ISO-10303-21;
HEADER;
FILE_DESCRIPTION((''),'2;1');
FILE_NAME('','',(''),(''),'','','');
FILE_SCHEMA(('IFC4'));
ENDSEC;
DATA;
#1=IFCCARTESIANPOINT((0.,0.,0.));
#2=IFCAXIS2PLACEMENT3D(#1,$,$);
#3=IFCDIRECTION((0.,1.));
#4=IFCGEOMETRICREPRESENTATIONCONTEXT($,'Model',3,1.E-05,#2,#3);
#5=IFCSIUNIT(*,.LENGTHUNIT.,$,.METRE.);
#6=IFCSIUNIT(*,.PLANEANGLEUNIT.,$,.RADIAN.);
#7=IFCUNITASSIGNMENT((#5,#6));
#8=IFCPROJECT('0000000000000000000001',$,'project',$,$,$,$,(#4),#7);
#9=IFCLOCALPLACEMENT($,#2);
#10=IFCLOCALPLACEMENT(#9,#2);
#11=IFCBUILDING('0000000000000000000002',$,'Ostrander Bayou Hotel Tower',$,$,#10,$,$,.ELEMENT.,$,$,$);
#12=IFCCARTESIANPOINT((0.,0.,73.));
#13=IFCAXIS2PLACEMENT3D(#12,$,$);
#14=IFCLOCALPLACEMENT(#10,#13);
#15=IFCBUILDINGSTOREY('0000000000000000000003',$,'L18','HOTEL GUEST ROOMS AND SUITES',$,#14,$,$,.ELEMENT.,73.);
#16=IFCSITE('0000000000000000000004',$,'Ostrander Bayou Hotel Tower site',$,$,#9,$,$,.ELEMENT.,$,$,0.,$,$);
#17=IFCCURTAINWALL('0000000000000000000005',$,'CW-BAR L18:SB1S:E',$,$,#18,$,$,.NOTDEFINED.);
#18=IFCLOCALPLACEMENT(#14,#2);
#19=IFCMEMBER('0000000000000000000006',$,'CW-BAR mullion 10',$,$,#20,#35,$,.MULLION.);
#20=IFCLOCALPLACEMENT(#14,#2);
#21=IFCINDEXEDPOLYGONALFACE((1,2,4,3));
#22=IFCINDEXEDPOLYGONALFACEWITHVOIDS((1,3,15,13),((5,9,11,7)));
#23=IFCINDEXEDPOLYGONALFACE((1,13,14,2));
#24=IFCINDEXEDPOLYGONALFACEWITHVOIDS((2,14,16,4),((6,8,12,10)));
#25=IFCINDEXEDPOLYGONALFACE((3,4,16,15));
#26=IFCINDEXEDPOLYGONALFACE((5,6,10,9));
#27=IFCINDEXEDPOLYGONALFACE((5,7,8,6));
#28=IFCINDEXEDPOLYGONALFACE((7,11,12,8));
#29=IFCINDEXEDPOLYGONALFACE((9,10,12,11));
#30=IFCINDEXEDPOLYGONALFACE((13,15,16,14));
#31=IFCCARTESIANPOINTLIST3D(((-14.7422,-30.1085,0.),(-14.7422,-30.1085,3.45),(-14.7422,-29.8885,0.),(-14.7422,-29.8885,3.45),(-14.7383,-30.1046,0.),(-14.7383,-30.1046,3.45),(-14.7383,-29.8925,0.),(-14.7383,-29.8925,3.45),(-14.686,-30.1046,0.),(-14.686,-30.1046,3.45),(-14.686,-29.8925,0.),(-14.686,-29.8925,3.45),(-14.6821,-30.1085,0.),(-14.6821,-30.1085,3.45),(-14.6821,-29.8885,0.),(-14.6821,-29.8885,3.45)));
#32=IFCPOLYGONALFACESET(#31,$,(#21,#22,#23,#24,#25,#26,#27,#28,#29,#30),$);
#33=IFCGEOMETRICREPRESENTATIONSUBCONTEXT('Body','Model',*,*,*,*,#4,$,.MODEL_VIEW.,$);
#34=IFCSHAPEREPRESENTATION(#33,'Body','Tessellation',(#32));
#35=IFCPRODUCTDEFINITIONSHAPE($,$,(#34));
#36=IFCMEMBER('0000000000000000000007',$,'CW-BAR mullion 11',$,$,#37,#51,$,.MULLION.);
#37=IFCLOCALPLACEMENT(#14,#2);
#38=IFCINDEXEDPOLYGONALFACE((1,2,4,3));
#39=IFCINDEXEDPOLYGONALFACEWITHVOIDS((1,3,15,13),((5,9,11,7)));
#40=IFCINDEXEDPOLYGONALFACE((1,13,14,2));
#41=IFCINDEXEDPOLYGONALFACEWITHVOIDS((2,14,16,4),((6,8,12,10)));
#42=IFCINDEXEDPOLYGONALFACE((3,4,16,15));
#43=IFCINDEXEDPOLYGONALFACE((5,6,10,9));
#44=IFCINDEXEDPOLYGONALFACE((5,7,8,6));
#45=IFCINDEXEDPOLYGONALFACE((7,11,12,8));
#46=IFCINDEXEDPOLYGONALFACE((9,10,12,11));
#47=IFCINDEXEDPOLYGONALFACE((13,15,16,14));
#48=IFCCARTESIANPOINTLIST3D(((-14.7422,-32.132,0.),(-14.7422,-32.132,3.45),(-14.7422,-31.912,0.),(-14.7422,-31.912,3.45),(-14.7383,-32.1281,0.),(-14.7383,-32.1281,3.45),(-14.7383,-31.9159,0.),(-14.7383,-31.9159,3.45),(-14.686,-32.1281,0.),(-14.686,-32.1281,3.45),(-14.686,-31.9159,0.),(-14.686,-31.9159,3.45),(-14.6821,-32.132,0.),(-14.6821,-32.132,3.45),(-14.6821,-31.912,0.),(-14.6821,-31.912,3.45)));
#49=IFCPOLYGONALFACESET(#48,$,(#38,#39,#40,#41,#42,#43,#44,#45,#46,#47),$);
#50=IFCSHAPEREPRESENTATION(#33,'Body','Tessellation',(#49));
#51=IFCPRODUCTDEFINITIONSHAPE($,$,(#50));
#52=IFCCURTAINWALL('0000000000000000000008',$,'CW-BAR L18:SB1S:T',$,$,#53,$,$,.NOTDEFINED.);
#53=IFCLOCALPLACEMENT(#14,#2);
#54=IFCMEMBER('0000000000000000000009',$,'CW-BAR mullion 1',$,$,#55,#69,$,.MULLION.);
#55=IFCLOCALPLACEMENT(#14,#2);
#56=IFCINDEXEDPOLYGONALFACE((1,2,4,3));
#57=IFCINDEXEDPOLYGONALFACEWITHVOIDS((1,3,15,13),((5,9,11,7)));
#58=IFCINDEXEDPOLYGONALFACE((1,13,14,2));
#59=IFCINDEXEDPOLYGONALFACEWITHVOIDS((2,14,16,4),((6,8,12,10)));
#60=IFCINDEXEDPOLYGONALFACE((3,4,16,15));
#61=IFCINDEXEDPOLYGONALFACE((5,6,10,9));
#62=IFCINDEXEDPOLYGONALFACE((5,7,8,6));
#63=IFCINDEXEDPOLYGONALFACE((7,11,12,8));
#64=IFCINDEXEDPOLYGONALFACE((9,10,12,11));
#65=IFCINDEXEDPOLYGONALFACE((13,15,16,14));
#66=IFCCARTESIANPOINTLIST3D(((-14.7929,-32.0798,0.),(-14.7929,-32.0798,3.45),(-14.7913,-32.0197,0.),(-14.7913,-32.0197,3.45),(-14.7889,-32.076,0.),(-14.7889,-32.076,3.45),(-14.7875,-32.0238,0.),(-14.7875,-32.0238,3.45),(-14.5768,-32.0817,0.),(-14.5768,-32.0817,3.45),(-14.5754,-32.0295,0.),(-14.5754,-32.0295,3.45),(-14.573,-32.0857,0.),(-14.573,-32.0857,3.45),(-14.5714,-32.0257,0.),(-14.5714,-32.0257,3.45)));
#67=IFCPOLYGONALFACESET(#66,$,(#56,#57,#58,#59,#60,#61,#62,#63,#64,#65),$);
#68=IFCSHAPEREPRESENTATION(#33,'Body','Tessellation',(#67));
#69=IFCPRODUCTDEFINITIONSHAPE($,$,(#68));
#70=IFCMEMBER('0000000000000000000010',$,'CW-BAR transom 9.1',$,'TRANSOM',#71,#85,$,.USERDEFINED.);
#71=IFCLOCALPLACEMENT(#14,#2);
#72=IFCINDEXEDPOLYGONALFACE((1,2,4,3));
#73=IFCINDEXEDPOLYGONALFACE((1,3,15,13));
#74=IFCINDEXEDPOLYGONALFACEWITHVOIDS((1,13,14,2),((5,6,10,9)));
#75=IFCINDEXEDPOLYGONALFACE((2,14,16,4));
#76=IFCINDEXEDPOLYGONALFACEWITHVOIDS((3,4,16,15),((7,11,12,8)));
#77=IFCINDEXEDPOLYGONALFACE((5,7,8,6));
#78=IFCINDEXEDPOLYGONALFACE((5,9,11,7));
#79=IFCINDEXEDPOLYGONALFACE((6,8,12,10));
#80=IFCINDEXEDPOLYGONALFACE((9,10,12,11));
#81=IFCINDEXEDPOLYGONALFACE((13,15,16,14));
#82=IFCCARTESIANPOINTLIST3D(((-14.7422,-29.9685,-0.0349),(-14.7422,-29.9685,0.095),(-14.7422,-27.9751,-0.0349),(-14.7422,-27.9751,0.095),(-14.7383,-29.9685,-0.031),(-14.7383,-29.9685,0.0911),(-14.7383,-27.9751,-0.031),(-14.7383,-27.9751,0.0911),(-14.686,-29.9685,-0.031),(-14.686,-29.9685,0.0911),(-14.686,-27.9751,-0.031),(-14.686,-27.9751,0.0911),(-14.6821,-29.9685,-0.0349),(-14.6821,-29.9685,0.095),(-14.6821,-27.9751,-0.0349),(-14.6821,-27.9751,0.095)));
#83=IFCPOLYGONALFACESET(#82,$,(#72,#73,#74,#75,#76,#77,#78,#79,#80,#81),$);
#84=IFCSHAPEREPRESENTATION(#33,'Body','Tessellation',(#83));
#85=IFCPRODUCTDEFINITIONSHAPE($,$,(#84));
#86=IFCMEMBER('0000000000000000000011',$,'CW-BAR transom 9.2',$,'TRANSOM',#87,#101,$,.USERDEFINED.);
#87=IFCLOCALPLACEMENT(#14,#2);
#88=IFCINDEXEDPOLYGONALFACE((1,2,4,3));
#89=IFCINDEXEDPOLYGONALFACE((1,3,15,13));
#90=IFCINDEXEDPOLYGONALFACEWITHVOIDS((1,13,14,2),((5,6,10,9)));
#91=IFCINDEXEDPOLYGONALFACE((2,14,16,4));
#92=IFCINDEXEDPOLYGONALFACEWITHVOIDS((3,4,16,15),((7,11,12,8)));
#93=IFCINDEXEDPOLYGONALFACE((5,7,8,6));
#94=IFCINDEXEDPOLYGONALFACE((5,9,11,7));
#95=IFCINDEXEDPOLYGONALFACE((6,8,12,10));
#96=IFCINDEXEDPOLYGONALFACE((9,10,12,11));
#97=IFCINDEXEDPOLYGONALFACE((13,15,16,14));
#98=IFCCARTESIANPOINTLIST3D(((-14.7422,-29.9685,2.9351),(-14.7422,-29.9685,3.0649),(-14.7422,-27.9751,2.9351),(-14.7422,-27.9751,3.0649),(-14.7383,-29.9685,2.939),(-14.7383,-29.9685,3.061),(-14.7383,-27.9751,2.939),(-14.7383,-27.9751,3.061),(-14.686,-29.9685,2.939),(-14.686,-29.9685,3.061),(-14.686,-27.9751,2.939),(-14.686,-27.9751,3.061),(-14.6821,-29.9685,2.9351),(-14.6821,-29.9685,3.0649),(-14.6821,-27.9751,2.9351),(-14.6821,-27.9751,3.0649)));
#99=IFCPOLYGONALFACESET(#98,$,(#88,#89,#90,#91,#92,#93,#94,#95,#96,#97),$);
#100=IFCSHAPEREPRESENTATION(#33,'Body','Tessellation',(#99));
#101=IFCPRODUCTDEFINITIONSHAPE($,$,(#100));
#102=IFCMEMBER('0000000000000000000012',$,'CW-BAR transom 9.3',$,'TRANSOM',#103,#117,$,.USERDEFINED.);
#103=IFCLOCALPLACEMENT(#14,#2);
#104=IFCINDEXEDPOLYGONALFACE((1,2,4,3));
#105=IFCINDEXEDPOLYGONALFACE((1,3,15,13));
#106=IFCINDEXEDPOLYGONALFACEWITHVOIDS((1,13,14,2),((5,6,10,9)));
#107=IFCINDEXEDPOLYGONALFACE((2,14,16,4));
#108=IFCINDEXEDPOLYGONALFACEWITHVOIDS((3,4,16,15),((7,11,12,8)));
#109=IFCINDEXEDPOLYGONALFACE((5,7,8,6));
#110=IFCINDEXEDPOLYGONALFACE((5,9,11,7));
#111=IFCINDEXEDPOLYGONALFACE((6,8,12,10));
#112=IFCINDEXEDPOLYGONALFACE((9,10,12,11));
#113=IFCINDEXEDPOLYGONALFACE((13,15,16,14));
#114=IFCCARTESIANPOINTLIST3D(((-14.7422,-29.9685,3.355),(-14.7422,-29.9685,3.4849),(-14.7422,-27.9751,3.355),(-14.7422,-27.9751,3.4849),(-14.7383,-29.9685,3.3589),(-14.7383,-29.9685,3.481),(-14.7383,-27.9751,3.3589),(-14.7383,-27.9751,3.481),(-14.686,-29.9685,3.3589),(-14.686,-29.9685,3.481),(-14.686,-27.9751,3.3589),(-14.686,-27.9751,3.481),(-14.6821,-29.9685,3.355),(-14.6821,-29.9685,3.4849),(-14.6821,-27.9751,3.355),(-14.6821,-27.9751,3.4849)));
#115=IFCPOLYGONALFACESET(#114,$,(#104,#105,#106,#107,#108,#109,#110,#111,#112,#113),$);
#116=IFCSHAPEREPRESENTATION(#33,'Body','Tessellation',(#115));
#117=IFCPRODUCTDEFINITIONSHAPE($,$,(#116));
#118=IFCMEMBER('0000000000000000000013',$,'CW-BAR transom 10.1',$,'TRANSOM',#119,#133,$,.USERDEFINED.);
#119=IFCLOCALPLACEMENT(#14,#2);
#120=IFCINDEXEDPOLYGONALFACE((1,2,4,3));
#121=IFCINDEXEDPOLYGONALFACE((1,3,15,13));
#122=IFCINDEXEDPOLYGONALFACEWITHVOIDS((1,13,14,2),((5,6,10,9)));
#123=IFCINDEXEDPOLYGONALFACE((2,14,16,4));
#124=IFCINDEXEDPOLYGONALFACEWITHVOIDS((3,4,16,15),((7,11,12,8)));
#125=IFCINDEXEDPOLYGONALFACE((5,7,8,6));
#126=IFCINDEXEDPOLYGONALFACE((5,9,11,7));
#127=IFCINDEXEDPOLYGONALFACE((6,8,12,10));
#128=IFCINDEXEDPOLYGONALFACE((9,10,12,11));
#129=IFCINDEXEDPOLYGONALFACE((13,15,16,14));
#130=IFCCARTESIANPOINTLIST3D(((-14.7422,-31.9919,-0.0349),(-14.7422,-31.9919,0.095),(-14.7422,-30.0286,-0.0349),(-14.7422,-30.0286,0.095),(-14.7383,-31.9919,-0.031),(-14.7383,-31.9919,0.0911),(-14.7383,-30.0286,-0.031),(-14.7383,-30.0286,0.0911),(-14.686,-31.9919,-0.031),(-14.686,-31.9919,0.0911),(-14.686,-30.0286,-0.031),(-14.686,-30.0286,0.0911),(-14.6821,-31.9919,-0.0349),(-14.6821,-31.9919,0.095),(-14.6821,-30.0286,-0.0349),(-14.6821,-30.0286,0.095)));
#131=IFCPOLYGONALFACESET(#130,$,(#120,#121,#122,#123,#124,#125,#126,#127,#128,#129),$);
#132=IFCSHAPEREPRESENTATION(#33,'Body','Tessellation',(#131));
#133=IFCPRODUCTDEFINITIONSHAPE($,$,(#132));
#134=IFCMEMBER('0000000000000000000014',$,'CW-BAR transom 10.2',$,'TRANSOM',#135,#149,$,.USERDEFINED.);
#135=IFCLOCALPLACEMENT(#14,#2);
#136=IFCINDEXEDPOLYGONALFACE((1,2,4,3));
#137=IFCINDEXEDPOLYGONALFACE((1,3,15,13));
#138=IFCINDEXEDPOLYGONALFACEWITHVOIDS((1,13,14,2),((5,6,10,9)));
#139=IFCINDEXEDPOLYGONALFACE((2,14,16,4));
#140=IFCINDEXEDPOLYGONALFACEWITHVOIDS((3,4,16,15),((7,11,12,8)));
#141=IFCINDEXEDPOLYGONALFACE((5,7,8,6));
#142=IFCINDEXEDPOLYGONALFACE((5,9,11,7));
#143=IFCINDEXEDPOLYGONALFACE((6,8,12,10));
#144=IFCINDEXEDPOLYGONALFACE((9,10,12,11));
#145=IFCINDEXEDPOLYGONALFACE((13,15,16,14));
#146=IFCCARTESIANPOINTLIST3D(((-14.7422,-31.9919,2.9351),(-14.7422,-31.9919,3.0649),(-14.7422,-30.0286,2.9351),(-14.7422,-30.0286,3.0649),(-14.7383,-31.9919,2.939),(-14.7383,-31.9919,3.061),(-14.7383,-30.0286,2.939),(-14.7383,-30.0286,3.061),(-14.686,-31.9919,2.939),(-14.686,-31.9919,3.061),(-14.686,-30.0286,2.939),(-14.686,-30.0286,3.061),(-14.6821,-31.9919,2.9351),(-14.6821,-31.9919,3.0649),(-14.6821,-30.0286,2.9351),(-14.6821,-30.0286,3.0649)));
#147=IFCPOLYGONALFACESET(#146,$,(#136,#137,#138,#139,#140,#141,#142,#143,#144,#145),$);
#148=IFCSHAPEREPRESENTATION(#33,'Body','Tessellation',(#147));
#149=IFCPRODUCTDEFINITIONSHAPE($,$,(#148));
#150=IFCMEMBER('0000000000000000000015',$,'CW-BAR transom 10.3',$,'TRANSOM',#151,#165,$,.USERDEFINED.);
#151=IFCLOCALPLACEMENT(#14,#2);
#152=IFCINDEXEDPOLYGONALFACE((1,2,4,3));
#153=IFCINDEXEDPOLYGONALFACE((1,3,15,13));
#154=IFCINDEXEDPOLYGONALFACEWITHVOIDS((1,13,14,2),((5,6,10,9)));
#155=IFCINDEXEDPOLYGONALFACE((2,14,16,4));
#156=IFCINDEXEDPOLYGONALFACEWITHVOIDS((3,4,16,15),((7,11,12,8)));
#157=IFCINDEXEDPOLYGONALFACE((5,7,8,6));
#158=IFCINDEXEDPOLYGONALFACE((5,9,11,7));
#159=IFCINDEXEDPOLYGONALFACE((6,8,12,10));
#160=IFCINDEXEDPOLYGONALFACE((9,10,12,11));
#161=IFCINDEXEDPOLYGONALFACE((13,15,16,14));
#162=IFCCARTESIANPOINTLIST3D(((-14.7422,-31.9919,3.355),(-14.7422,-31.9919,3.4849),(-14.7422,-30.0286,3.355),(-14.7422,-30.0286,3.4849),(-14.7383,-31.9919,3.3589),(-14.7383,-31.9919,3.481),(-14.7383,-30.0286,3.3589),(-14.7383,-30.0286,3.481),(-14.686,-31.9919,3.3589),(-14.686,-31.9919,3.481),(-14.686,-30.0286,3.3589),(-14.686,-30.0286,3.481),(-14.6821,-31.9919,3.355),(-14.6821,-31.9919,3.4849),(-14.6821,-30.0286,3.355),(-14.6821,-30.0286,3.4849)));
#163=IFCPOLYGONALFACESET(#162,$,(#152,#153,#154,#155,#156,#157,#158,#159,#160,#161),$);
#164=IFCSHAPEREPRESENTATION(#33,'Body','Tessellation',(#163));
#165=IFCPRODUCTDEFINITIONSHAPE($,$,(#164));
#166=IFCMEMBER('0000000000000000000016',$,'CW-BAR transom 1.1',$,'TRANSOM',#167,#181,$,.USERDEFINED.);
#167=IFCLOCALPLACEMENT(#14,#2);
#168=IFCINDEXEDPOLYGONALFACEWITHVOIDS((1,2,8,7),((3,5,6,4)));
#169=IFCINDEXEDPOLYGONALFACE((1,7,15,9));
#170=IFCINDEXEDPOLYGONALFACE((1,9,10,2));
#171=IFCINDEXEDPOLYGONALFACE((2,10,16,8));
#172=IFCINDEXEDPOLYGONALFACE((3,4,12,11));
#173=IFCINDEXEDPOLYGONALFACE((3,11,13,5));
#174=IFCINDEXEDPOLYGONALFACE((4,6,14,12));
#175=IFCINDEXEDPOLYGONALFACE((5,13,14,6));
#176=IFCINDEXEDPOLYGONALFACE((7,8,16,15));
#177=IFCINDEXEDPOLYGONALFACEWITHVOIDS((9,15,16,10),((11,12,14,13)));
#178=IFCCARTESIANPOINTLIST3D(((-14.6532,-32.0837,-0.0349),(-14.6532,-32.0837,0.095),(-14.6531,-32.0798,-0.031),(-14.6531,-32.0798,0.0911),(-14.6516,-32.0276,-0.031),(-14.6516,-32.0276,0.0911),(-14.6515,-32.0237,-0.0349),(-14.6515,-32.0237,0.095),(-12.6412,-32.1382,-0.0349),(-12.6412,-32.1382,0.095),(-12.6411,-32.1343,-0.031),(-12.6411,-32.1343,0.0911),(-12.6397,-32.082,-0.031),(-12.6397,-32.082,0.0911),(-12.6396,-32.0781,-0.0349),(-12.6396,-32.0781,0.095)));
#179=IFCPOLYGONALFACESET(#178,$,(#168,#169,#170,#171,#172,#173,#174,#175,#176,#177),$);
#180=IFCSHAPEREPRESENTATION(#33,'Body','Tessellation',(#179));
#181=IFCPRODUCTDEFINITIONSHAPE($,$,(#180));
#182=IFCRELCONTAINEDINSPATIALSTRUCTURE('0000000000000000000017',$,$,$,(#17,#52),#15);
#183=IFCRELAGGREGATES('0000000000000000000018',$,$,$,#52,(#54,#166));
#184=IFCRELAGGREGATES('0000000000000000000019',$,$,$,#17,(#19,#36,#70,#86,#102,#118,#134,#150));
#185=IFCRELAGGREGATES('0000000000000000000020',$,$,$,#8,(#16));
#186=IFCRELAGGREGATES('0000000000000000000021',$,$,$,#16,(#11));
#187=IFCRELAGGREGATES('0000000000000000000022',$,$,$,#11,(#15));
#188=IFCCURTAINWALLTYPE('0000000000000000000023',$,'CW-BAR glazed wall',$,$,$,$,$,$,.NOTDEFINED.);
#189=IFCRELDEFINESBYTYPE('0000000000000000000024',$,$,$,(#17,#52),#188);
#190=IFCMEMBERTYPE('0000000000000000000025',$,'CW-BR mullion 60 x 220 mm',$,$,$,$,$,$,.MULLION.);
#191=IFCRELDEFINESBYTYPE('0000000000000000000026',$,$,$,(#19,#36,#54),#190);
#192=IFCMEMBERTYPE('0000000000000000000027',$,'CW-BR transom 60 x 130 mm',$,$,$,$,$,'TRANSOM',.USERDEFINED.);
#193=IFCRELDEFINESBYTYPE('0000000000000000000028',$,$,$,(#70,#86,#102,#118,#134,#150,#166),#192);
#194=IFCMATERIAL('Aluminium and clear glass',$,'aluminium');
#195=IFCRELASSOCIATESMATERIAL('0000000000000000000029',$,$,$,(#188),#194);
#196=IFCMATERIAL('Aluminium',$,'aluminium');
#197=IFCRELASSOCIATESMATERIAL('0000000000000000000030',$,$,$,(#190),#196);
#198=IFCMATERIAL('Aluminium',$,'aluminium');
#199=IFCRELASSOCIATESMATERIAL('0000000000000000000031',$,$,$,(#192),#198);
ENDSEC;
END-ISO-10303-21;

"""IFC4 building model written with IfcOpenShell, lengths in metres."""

from ifc_helpers import new_model, si_unit, direction, frame, origin, origin_2d, place, context, subcontext, project, spatial, hollow_rectangle, extrude, material, material_profile, profile_set, type_object, element, aggregate, save


model = new_model("IFC4")

# Units and contexts
model_context = context("Model", 3, precision=1e-05, world=origin(), true_north=direction((0.0, 1.0)))
body_context = subcontext(model_context, "Body", "Model", "MODEL_VIEW")
ifc_project = project(units=[si_unit("LENGTHUNIT", "METRE"), si_unit("PLANEANGLEUNIT", "RADIAN")], contexts=[model_context])

# Site, building, storey
site_placement = place(None, origin())
site = spatial("IfcSite", under=ifc_project, at=site_placement, Name="Ostrander Bayou Hotel Tower site", CompositionType="ELEMENT", RefElevation=0.0)
building_placement = place(site_placement, origin())
building = spatial("IfcBuilding", under=site, at=building_placement, Name="Ostrander Bayou Hotel Tower", CompositionType="ELEMENT")
storey_placement = place(building_placement, frame((0.0, 0.0, 73.0)))
storey = spatial("IfcBuildingStorey", under=building, at=storey_placement, Name="L18", Description="HOTEL GUEST ROOMS AND SUITES", CompositionType="ELEMENT", Elevation=73.0)

# Curtain wall, members
ifc_material_1 = material(Name="Aluminium and clear glass", Category="aluminium")
curtain_wall_type = type_object("IfcCurtainWallType", Name="CW-BAR glazed wall", PredefinedType="NOTDEFINED", material=ifc_material_1)
curtain_wall_1_placement = place(storey_placement, origin())
curtain_wall_1 = element("IfcCurtainWall", 1, at=curtain_wall_1_placement, inside=storey, type_object=curtain_wall_type, Name="CW-BAR L18:SB1S:E", PredefinedType="NOTDEFINED")
ifc_material_2 = material(Name="Aluminium", Category="aluminium")
ifc_material_profile_1 = material_profile(ifc_material_2, hollow_rectangle(XDim=0.0601, YDim=0.22, WallThickness=0.0039, at=origin_2d()))
ifc_profile_set_1 = profile_set([ifc_material_profile_1], Name="Aluminium")
member_type_1 = type_object("IfcMemberType", Name="CW-BR mullion 60 x 220 mm", PredefinedType="MULLION", material=ifc_profile_set_1)
member_1_placement = place(storey_placement, frame((-14.7122, -29.9985, 0.0), z_axis=(0.0, 0.0, 1.0), x_axis=(1.0, 0.0, 0.0)))
member_1 = element("IfcMember", 2, at=member_1_placement, type_object=member_type_1, Name="CW-BAR mullion 10", PredefinedType="MULLION", context=body_context, shape_type="SweptSolid", body=[
    extrude(hollow_rectangle(XDim=0.0601, YDim=0.22, WallThickness=0.0039, at=origin_2d()), origin(), (0.0, 0.0, 1.0), 3.45),
])
member_2_placement = place(storey_placement, frame((-14.7122, -32.022, 0.0), z_axis=(0.0, 0.0, 1.0), x_axis=(1.0, 0.0, 0.0)))
member_2 = element("IfcMember", 3, at=member_2_placement, type_object=member_type_1, Name="CW-BAR mullion 11", PredefinedType="MULLION", context=body_context, shape_type="SweptSolid", body=[
    extrude(hollow_rectangle(XDim=0.0601, YDim=0.22, WallThickness=0.0039, at=origin_2d()), origin(), (0.0, 0.0, 1.0), 3.45),
])

# Curtain wall, member
curtain_wall_2_placement = place(storey_placement, origin())
curtain_wall_2 = element("IfcCurtainWall", 4, at=curtain_wall_2_placement, inside=storey, type_object=curtain_wall_type, Name="CW-BAR L18:SB1S:T", PredefinedType="NOTDEFINED")
member_3_placement = place(storey_placement, frame((-14.6821, -32.0527, 0.0), z_axis=(0.0, 0.0, 1.0), x_axis=(0.027042, 0.999634, 0.0)))
member_3 = element("IfcMember", 5, at=member_3_placement, type_object=member_type_1, Name="CW-BAR mullion 1", PredefinedType="MULLION", context=body_context, shape_type="SweptSolid", body=[
    extrude(hollow_rectangle(XDim=0.0601, YDim=0.22, WallThickness=0.0039, at=origin_2d()), origin(), (0.0, 0.0, 1.0), 3.45),
])

# Members
ifc_material_3 = material(Name="Aluminium", Category="aluminium")
ifc_material_profile_2 = material_profile(ifc_material_3, hollow_rectangle(XDim=0.0601, YDim=0.1299, WallThickness=0.0039, at=origin_2d()))
ifc_profile_set_2 = profile_set([ifc_material_profile_2], Name="Aluminium")
member_type_2 = type_object("IfcMemberType", Name="CW-BR transom 60 x 130 mm", ElementType="TRANSOM", PredefinedType="USERDEFINED", material=ifc_profile_set_2)
member_4_placement = place(storey_placement, frame((-14.7122, -27.9751, 0.03), z_axis=(0.0, -1.0, 0.0), x_axis=(1.0, 0.0, 0.0)))
member_4 = element("IfcMember", 6, at=member_4_placement, type_object=member_type_2, Name="CW-BAR transom 9.1", ObjectType="TRANSOM", PredefinedType="USERDEFINED", context=body_context, shape_type="SweptSolid", body=[
    extrude(hollow_rectangle(XDim=0.0601, YDim=0.1299, WallThickness=0.0039, at=origin_2d()), origin(), (0.0, 0.0, 1.0), 1.9934),
])
member_5_placement = place(storey_placement, frame((-14.7122, -27.9751, 3.0), z_axis=(0.0, -1.0, 0.0), x_axis=(1.0, 0.0, 0.0)))
member_5 = element("IfcMember", 7, at=member_5_placement, type_object=member_type_2, Name="CW-BAR transom 9.2", ObjectType="TRANSOM", PredefinedType="USERDEFINED", context=body_context, shape_type="SweptSolid", body=[
    extrude(hollow_rectangle(XDim=0.0601, YDim=0.1299, WallThickness=0.0039, at=origin_2d()), origin(), (0.0, 0.0, 1.0), 1.9934),
])
member_6_placement = place(storey_placement, frame((-14.7122, -27.9751, 3.4199), z_axis=(0.0, -1.0, 0.0), x_axis=(1.0, 0.0, 0.0)))
member_6 = element("IfcMember", 8, at=member_6_placement, type_object=member_type_2, Name="CW-BAR transom 9.3", ObjectType="TRANSOM", PredefinedType="USERDEFINED", context=body_context, shape_type="SweptSolid", body=[
    extrude(hollow_rectangle(XDim=0.0601, YDim=0.1299, WallThickness=0.0039, at=origin_2d()), origin(), (0.0, 0.0, 1.0), 1.9934),
])
member_7_placement = place(storey_placement, frame((-14.7122, -30.0286, 0.03), z_axis=(0.0, -1.0, 0.0), x_axis=(1.0, 0.0, 0.0)))
member_7 = element("IfcMember", 9, at=member_7_placement, type_object=member_type_2, Name="CW-BAR transom 10.1", ObjectType="TRANSOM", PredefinedType="USERDEFINED", context=body_context, shape_type="SweptSolid", body=[
    extrude(hollow_rectangle(XDim=0.0601, YDim=0.1299, WallThickness=0.0039, at=origin_2d()), origin(), (0.0, 0.0, 1.0), 1.9634),
])
member_8_placement = place(storey_placement, frame((-14.7122, -30.0286, 3.0), z_axis=(0.0, -1.0, 0.0), x_axis=(1.0, 0.0, 0.0)))
member_8 = element("IfcMember", 10, at=member_8_placement, type_object=member_type_2, Name="CW-BAR transom 10.2", ObjectType="TRANSOM", PredefinedType="USERDEFINED", context=body_context, shape_type="SweptSolid", body=[
    extrude(hollow_rectangle(XDim=0.0601, YDim=0.1299, WallThickness=0.0039, at=origin_2d()), origin(), (0.0, 0.0, 1.0), 1.9634),
])
member_9_placement = place(storey_placement, frame((-14.7122, -30.0286, 3.4199), z_axis=(0.0, -1.0, 0.0), x_axis=(1.0, 0.0, 0.0)))
member_9 = element("IfcMember", 11, at=member_9_placement, type_object=member_type_2, Name="CW-BAR transom 10.3", ObjectType="TRANSOM", PredefinedType="USERDEFINED", context=body_context, shape_type="SweptSolid", body=[
    extrude(hollow_rectangle(XDim=0.0601, YDim=0.1299, WallThickness=0.0039, at=origin_2d()), origin(), (0.0, 0.0, 1.0), 1.9634),
])
member_10_placement = place(storey_placement, frame((-14.6523, -32.0537, 0.03), z_axis=(0.999634, -0.02705, 0.0), x_axis=(0.02705, 0.999634, 0.0)))
member_10 = element("IfcMember", 12, at=member_10_placement, type_object=member_type_2, Name="CW-BAR transom 1.1", ObjectType="TRANSOM", PredefinedType="USERDEFINED", context=body_context, shape_type="SweptSolid", body=[
    extrude(hollow_rectangle(XDim=0.0601, YDim=0.1299, WallThickness=0.0039, at=origin_2d()), origin(), (0.0, 0.0, 1.0), 2.0127),
])
aggregate(curtain_wall_2, [member_3, member_10])

aggregate(curtain_wall_1, [member_1, member_2, member_4, member_5, member_6, member_7, member_8, member_9])

save(model, "model.ifc")
